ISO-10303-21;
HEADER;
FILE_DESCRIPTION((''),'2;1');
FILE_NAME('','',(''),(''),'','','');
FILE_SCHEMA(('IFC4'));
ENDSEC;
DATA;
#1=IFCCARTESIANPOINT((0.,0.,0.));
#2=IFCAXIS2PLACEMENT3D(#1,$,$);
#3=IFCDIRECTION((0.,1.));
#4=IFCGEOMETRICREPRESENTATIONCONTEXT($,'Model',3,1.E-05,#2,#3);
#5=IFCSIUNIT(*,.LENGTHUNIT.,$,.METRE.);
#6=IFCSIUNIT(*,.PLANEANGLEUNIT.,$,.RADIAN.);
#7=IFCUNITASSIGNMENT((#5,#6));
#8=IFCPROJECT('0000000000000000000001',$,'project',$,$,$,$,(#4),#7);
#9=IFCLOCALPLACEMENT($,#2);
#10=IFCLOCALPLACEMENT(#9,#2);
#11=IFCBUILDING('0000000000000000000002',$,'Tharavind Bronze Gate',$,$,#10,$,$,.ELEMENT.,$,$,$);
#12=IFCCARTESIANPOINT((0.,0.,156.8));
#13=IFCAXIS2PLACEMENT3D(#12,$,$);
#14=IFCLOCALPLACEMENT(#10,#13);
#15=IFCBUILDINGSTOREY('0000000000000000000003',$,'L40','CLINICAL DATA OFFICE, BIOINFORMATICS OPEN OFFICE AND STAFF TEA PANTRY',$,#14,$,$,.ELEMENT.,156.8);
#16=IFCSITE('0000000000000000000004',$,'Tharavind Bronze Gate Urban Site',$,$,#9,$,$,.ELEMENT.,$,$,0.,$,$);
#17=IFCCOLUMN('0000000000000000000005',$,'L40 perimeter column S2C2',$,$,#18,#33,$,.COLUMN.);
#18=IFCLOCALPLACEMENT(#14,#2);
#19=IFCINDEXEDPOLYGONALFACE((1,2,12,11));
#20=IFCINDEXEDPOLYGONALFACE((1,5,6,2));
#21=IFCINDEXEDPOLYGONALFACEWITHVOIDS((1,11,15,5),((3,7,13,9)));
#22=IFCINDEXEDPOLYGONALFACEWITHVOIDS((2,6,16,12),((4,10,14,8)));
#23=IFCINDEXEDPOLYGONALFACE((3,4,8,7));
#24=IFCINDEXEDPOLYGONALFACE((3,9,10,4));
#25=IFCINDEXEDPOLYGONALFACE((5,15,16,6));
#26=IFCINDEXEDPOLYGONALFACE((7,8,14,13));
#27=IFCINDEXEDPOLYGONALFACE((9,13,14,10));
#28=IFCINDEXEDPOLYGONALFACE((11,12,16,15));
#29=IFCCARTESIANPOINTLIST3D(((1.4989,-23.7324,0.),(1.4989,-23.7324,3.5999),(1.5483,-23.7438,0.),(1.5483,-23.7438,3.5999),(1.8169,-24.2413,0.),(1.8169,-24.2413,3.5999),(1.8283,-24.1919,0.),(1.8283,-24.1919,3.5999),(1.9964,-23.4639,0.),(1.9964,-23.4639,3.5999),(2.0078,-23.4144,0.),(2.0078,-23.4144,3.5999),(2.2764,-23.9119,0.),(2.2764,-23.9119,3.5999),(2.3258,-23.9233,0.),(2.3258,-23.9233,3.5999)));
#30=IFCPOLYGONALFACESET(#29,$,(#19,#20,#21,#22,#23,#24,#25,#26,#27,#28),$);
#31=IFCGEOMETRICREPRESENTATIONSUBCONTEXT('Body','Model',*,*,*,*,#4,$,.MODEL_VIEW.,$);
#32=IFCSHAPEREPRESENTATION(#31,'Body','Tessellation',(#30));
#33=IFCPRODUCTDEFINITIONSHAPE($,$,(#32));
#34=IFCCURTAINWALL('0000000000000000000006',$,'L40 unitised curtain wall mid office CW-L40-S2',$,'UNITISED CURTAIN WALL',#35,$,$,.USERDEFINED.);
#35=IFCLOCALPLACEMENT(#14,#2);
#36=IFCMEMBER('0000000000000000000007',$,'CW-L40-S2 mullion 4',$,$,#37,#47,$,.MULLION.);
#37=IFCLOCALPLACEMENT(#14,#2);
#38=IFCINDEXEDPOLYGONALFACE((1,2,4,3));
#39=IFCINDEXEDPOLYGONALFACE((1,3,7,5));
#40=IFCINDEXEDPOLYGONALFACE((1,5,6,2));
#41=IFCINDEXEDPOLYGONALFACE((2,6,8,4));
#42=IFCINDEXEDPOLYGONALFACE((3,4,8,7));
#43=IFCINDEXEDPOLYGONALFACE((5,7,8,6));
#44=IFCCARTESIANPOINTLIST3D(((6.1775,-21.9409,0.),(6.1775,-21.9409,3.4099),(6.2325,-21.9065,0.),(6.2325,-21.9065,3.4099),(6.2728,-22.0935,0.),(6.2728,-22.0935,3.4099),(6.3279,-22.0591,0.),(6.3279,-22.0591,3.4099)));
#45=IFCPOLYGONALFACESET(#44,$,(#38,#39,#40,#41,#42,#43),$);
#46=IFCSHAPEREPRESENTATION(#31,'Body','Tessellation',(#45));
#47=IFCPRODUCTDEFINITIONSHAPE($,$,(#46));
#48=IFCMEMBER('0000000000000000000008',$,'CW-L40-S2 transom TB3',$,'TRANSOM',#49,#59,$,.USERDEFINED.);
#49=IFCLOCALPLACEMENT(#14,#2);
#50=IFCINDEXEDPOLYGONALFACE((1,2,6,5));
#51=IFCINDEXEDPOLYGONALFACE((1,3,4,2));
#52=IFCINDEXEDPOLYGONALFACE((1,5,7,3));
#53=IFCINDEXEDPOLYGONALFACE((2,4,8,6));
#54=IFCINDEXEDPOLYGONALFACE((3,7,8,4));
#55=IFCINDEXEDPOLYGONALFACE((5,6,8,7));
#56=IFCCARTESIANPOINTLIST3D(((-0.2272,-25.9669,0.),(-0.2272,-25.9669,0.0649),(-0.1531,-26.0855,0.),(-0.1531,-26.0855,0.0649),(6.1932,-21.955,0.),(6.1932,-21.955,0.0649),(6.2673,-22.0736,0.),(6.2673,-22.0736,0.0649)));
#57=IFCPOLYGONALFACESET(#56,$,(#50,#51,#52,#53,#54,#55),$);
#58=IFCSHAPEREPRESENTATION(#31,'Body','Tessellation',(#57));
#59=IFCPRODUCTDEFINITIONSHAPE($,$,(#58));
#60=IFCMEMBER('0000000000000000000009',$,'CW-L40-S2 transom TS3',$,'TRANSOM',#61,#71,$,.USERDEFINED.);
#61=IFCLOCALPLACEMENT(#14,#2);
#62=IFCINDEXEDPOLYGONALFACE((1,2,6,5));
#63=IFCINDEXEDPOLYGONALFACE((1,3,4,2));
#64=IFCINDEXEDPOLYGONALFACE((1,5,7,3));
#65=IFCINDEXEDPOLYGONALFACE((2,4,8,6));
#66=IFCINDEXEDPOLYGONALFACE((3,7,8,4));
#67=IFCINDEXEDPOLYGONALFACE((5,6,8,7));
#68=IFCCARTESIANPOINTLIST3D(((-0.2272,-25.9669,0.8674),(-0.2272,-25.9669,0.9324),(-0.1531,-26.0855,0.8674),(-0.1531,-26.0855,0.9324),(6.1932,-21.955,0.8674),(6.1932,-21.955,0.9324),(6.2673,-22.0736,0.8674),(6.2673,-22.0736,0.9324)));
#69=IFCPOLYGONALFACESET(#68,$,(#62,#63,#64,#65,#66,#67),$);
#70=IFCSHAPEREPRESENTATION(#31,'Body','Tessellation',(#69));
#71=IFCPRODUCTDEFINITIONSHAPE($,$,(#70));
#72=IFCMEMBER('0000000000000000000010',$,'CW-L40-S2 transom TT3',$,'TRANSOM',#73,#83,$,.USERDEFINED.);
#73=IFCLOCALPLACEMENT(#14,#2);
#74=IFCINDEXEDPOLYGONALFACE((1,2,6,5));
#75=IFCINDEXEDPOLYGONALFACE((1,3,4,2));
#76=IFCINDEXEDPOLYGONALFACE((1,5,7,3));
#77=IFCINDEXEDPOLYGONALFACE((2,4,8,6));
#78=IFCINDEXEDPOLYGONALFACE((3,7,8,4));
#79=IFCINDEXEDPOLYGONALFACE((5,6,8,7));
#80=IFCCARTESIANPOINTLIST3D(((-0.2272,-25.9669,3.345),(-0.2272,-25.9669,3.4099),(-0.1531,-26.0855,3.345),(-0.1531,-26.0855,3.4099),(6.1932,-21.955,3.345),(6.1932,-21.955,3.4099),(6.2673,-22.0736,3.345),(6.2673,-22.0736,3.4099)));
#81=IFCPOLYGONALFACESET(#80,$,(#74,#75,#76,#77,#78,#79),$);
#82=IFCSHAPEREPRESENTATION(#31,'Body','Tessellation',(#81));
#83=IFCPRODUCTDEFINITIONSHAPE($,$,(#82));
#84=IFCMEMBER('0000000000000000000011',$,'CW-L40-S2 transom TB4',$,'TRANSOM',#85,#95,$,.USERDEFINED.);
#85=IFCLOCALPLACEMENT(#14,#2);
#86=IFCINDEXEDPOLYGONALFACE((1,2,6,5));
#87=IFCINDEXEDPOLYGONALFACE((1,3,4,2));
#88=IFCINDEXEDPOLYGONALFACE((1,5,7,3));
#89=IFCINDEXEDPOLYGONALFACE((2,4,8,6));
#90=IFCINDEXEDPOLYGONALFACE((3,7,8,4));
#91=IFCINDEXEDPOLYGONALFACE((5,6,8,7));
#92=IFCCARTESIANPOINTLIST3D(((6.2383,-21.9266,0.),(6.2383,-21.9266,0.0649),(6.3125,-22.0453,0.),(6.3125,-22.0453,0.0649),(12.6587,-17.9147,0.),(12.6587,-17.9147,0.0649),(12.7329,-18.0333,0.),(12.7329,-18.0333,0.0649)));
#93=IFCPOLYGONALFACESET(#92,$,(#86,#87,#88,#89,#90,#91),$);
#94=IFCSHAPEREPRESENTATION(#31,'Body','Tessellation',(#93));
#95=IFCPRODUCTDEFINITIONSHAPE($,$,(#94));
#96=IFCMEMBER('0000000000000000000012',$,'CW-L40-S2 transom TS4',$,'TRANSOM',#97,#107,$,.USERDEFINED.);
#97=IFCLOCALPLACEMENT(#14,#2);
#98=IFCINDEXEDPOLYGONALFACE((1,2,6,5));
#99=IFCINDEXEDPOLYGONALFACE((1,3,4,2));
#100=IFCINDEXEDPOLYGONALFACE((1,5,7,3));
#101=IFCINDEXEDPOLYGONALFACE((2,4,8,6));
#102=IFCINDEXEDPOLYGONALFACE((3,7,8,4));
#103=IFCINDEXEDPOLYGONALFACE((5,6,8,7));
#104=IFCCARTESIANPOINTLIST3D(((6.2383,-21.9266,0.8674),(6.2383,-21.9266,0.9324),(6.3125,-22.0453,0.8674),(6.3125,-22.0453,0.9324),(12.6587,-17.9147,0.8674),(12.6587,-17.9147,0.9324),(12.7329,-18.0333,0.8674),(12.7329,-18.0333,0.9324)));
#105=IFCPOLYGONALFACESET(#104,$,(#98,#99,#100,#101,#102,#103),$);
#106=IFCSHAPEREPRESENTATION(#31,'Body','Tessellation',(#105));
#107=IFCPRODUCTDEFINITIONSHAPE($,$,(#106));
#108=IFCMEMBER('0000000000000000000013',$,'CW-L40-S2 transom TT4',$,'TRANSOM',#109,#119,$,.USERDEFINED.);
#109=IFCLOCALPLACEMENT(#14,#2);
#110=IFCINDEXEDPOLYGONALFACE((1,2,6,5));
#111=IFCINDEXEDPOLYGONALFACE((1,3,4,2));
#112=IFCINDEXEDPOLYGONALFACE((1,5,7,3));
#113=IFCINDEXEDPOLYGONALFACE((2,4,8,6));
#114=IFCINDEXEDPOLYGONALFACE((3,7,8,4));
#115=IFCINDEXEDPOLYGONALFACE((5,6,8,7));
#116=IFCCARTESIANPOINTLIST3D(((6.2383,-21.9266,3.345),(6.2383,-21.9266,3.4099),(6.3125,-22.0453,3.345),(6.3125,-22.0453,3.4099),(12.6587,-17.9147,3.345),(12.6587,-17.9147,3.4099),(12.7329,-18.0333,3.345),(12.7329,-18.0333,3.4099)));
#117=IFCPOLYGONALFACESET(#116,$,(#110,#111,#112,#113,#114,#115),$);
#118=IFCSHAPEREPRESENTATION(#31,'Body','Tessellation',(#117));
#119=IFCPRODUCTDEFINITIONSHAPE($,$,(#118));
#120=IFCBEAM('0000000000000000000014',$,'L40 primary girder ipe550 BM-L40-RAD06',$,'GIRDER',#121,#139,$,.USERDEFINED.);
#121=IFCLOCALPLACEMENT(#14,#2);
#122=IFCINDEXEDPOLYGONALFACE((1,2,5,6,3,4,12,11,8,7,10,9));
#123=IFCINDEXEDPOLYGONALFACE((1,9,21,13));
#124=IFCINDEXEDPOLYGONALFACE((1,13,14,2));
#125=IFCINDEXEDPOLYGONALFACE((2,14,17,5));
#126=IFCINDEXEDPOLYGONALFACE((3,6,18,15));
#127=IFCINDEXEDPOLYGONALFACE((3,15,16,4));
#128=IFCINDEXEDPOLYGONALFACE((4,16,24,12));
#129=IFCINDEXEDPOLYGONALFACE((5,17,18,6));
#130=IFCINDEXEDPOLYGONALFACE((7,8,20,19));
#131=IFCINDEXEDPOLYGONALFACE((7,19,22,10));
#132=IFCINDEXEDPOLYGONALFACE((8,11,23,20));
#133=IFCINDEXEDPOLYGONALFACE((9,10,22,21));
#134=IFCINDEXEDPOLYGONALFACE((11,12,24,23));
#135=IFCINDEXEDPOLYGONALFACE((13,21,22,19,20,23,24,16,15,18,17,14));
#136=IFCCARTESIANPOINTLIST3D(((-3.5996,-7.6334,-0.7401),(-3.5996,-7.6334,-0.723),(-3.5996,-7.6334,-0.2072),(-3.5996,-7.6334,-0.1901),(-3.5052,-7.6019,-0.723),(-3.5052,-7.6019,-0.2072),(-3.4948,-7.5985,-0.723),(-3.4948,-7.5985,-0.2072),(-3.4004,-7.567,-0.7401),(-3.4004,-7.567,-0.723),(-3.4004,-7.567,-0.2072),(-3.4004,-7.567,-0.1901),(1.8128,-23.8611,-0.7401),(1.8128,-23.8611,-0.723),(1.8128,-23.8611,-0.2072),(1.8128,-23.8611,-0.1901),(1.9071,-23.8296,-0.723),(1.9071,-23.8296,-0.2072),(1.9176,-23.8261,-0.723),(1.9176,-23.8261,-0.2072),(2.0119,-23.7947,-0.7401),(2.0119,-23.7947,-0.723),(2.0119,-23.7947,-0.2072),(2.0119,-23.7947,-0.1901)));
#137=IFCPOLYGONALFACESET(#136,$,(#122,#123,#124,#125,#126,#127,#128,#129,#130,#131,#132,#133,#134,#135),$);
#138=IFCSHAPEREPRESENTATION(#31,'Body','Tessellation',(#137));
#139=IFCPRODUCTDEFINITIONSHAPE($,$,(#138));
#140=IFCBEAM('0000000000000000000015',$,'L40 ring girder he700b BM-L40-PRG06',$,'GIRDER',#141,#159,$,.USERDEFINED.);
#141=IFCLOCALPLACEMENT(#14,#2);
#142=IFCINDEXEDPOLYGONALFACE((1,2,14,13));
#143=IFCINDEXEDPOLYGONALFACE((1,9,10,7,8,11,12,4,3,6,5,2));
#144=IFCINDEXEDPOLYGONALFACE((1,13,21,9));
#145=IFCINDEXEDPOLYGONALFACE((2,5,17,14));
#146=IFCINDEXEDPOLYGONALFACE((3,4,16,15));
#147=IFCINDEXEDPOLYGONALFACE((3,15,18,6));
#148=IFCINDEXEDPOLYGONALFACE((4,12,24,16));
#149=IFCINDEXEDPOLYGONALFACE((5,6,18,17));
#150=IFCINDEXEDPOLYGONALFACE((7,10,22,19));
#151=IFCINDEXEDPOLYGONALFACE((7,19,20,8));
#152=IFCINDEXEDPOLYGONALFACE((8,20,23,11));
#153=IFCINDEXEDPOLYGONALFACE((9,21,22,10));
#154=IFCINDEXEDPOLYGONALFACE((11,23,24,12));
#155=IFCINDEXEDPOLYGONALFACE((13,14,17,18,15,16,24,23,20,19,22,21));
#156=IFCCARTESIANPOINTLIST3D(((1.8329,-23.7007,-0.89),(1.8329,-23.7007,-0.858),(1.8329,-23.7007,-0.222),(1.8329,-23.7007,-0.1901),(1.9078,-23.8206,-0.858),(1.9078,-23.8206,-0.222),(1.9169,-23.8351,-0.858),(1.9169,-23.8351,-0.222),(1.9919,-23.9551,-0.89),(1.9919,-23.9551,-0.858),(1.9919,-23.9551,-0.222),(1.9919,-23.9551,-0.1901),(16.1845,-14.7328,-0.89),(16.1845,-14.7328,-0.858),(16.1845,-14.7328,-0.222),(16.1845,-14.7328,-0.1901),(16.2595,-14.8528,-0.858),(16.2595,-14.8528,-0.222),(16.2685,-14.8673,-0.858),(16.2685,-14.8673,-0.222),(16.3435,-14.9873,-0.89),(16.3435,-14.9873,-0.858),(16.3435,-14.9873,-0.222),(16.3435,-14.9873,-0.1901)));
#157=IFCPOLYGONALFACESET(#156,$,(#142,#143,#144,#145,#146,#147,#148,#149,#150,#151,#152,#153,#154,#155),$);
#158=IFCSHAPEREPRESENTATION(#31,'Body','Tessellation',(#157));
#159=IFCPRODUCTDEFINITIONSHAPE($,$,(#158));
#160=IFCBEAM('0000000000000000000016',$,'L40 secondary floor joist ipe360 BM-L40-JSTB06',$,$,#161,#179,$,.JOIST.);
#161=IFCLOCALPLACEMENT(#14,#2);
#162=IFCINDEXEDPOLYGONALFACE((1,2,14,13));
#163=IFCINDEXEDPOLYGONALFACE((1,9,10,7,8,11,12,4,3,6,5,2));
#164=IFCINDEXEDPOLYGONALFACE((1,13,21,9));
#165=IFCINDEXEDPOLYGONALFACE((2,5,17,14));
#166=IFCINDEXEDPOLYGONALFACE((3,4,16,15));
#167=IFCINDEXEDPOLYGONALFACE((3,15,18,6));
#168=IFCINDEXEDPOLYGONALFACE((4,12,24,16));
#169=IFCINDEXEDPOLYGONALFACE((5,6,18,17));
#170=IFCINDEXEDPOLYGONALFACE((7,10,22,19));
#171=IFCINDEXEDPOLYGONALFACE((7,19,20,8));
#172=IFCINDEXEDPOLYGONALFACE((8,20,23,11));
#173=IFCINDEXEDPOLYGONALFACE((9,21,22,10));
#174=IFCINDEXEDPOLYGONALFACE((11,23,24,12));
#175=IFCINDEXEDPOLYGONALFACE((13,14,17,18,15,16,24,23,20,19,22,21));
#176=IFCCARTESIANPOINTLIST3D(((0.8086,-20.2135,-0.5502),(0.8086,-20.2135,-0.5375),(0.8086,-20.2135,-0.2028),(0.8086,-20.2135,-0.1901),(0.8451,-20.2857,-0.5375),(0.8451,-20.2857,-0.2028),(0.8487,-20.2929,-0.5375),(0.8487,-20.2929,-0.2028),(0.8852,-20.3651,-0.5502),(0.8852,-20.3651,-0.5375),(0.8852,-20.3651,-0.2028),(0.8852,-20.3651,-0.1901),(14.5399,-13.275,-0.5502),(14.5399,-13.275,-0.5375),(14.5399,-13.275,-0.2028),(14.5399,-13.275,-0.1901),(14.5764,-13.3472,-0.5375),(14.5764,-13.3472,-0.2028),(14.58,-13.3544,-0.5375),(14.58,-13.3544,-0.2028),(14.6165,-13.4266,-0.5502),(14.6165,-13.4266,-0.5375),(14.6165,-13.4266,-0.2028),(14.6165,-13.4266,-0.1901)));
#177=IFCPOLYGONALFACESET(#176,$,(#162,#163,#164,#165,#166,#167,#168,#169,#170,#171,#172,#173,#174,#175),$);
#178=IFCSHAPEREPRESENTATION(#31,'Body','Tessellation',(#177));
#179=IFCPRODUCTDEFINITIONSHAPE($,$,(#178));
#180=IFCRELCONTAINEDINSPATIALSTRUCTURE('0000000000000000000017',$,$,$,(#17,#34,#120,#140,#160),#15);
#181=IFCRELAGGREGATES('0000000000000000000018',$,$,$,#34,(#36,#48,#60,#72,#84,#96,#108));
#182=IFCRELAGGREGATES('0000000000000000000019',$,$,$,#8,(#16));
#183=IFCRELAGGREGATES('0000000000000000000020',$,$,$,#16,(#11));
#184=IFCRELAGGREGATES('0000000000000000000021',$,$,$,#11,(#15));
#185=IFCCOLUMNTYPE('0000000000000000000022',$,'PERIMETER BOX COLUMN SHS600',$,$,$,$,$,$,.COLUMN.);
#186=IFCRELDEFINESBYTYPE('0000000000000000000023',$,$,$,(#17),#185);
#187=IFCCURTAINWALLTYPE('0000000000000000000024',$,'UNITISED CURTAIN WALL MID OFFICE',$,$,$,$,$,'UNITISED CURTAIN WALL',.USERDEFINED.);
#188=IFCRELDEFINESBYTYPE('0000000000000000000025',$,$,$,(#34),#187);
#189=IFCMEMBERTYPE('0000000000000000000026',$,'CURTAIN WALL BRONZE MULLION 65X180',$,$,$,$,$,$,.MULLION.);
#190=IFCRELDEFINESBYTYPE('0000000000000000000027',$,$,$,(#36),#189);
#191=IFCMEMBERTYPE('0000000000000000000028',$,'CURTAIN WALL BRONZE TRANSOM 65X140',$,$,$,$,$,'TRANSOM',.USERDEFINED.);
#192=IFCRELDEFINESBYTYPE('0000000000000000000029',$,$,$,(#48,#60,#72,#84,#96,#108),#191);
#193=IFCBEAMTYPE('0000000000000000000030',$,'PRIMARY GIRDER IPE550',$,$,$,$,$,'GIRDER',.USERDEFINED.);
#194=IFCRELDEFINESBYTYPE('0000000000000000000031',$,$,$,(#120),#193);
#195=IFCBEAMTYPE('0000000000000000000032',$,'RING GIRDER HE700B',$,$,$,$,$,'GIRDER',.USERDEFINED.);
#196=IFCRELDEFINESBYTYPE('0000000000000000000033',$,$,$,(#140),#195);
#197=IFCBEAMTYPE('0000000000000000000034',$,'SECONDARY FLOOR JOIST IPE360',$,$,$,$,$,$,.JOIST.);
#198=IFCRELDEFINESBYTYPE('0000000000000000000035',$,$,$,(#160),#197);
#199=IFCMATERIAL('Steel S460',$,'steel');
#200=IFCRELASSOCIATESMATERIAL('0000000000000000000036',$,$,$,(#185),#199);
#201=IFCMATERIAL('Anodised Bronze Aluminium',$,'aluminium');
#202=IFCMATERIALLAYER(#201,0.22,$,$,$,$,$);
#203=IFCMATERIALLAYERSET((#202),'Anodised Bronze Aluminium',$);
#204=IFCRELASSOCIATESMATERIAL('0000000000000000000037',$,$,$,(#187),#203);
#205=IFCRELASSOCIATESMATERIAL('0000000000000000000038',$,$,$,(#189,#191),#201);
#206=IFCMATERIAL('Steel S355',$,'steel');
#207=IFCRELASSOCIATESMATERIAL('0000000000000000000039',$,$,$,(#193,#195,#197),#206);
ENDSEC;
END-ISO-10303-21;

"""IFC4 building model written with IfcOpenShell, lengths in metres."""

from ifc_helpers import new_model, si_unit, direction, frame, origin, origin_2d, place, context, subcontext, project, spatial, rectangle, hollow_rectangle, i_section, extrude, material, layer, layer_set, material_profile, profile_set, type_object, element, aggregate, save


model = new_model("IFC4")

# Units and contexts
model_context = context("Model", 3, precision=1e-05, world=origin(), true_north=direction((0.0, 1.0)))
body_context = subcontext(model_context, "Body", "Model", "MODEL_VIEW")
ifc_project = project(units=[si_unit("LENGTHUNIT", "METRE"), si_unit("PLANEANGLEUNIT", "RADIAN")], contexts=[model_context])

# Site, building, storey
site_placement = place(None, origin())
site = spatial("IfcSite", under=ifc_project, at=site_placement, Name="Tharavind Bronze Gate Urban Site", CompositionType="ELEMENT", RefElevation=0.0)
building_placement = place(site_placement, origin())
building = spatial("IfcBuilding", under=site, at=building_placement, Name="Tharavind Bronze Gate", CompositionType="ELEMENT")
storey_placement = place(building_placement, frame((0.0, 0.0, 156.8)))
storey = spatial("IfcBuildingStorey", under=building, at=storey_placement, Name="L40", Description="CLINICAL DATA OFFICE, BIOINFORMATICS OPEN OFFICE AND STAFF TEA PANTRY", CompositionType="ELEMENT", Elevation=156.8)

# Column
ifc_material_1 = material(Name="Steel S460", Category="steel")
ifc_material_profile_1 = material_profile(ifc_material_1, hollow_rectangle(XDim=0.6001, YDim=0.6001, WallThickness=0.0359, at=origin_2d()), Name="SHS600X36")
ifc_profile_set_1 = profile_set([ifc_material_profile_1], Name="Steel S460")
column_type = type_object("IfcColumnType", Name="PERIMETER BOX COLUMN SHS600", PredefinedType="COLUMN", material=ifc_profile_set_1)
column_placement = place(storey_placement, frame((1.9124, -23.8279, 0.0), z_axis=(0.0, 0.0, 1.0), x_axis=(0.848047, 0.529921, 0.0)))
element("IfcColumn", 1, at=column_placement, inside=storey, type_object=column_type, Name="L40 perimeter column S2C2", PredefinedType="COLUMN", context=body_context, shape_type="SweptSolid", body=[
    extrude(hollow_rectangle(XDim=0.6001, YDim=0.6001, WallThickness=0.0359, at=origin_2d()), origin(), (0.0, 0.0, 1.0), 3.5999),
])

# Curtain wall, members
ifc_material_2 = material(Name="Anodised Bronze Aluminium", Category="aluminium")
ifc_layer_1 = layer(ifc_material_2, 0.22)
ifc_layer_set_1 = layer_set([ifc_layer_1], Name="Anodised Bronze Aluminium")
curtain_wall_type = type_object("IfcCurtainWallType", Name="UNITISED CURTAIN WALL MID OFFICE", ElementType="UNITISED CURTAIN WALL", PredefinedType="USERDEFINED", material=ifc_layer_set_1)
curtain_wall_placement = place(storey_placement, origin())
curtain_wall = element("IfcCurtainWall", 2, at=curtain_wall_placement, inside=storey, type_object=curtain_wall_type, Name="L40 unitised curtain wall mid office CW-L40-S2", ObjectType="UNITISED CURTAIN WALL", PredefinedType="USERDEFINED")
member_type_1 = type_object("IfcMemberType", Name="CURTAIN WALL BRONZE MULLION 65X180", PredefinedType="MULLION", material=ifc_material_2)
member_1_placement = place(storey_placement, frame((6.2527, -22.0, 0.0), z_axis=(0.0, 0.0, 1.0), x_axis=(0.848048, 0.529919, 0.0)))
member_1 = element("IfcMember", 3, at=member_1_placement, type_object=member_type_1, Name="CW-L40-S2 mullion 4", PredefinedType="MULLION", context=body_context, shape_type="SweptSolid", body=[
    extrude(rectangle(XDim=0.0649, YDim=0.1799, at=origin_2d()), origin(), (0.0, 0.0, 1.0), 3.4099),
])
member_type_2 = type_object("IfcMemberType", Name="CURTAIN WALL BRONZE TRANSOM 65X140", ElementType="TRANSOM", PredefinedType="USERDEFINED", material=ifc_material_2)
member_2_placement = place(storey_placement, frame((3.02, -24.0203, 0.0), z_axis=(0.0, 0.0, 1.0), x_axis=(0.848048, 0.529919, 0.0)))
member_2 = element("IfcMember", 4, at=member_2_placement, type_object=member_type_2, Name="CW-L40-S2 transom TB3", ObjectType="TRANSOM", PredefinedType="USERDEFINED", context=body_context, shape_type="SweptSolid", body=[
    extrude(rectangle(XDim=7.5708, YDim=0.1399, at=origin_2d()), origin(), (0.0, 0.0, 1.0), 0.0649),
])
member_3_placement = place(storey_placement, frame((3.02, -24.0203, 0.8674), z_axis=(0.0, 0.0, 1.0), x_axis=(0.848048, 0.529919, 0.0)))
member_3 = element("IfcMember", 5, at=member_3_placement, type_object=member_type_2, Name="CW-L40-S2 transom TS3", ObjectType="TRANSOM", PredefinedType="USERDEFINED", context=body_context, shape_type="SweptSolid", body=[
    extrude(rectangle(XDim=7.5708, YDim=0.1399, at=origin_2d()), origin(), (0.0, 0.0, 1.0), 0.0649),
])
member_4_placement = place(storey_placement, frame((3.02, -24.0203, 3.345), z_axis=(0.0, 0.0, 1.0), x_axis=(0.848048, 0.529919, 0.0)))
member_4 = element("IfcMember", 6, at=member_4_placement, type_object=member_type_2, Name="CW-L40-S2 transom TT3", ObjectType="TRANSOM", PredefinedType="USERDEFINED", context=body_context, shape_type="SweptSolid", body=[
    extrude(rectangle(XDim=7.5708, YDim=0.1399, at=origin_2d()), origin(), (0.0, 0.0, 1.0), 0.0649),
])
member_5_placement = place(storey_placement, frame((9.4856, -19.98, 0.0), z_axis=(0.0, 0.0, 1.0), x_axis=(0.848048, 0.529919, 0.0)))
member_5 = element("IfcMember", 7, at=member_5_placement, type_object=member_type_2, Name="CW-L40-S2 transom TB4", ObjectType="TRANSOM", PredefinedType="USERDEFINED", context=body_context, shape_type="SweptSolid", body=[
    extrude(rectangle(XDim=7.5708, YDim=0.1399, at=origin_2d()), origin(), (0.0, 0.0, 1.0), 0.0649),
])
member_6_placement = place(storey_placement, frame((9.4856, -19.98, 0.8674), z_axis=(0.0, 0.0, 1.0), x_axis=(0.848048, 0.529919, 0.0)))
member_6 = element("IfcMember", 8, at=member_6_placement, type_object=member_type_2, Name="CW-L40-S2 transom TS4", ObjectType="TRANSOM", PredefinedType="USERDEFINED", context=body_context, shape_type="SweptSolid", body=[
    extrude(rectangle(XDim=7.5708, YDim=0.1399, at=origin_2d()), origin(), (0.0, 0.0, 1.0), 0.0649),
])
member_7_placement = place(storey_placement, frame((9.4856, -19.98, 3.345), z_axis=(0.0, 0.0, 1.0), x_axis=(0.848048, 0.529919, 0.0)))
member_7 = element("IfcMember", 9, at=member_7_placement, type_object=member_type_2, Name="CW-L40-S2 transom TT4", ObjectType="TRANSOM", PredefinedType="USERDEFINED", context=body_context, shape_type="SweptSolid", body=[
    extrude(rectangle(XDim=7.5708, YDim=0.1399, at=origin_2d()), origin(), (0.0, 0.0, 1.0), 0.0649),
])

# Beams
ifc_material_3 = material(Name="Steel S355", Category="steel")
ifc_material_profile_2 = material_profile(ifc_material_3, i_section(OverallWidth=0.21, OverallDepth=0.55, WebThickness=0.011, FlangeThickness=0.0171, at=origin_2d()), Name="IPE550")
ifc_profile_set_2 = profile_set([ifc_material_profile_2], Name="Steel S355")
beam_type_1 = type_object("IfcBeamType", Name="PRIMARY GIRDER IPE550", ElementType="GIRDER", PredefinedType="USERDEFINED", material=ifc_profile_set_2)
beam_1_placement = place(storey_placement, frame((1.9124, -23.8279, -0.4651), z_axis=(-0.31639, 0.948629, 0.0), x_axis=(-0.948629, -0.31639, 0.0)))
element("IfcBeam", 10, at=beam_1_placement, inside=storey, type_object=beam_type_1, Name="L40 primary girder ipe550 BM-L40-RAD06", ObjectType="GIRDER", PredefinedType="USERDEFINED", context=body_context, shape_type="SweptSolid", body=[
    extrude(i_section(OverallWidth=0.21, OverallDepth=0.55, WebThickness=0.011, FlangeThickness=0.0171, at=origin_2d()), origin(), (0.0, 0.0, 1.0), 17.1064),
])
ifc_material_profile_3 = material_profile(ifc_material_3, i_section(OverallWidth=0.3, OverallDepth=0.7, WebThickness=0.0171, FlangeThickness=0.032, at=origin_2d()), Name="HE700B")
ifc_profile_set_3 = profile_set([ifc_material_profile_3], Name="Steel S355")
beam_type_2 = type_object("IfcBeamType", Name="RING GIRDER HE700B", ElementType="GIRDER", PredefinedType="USERDEFINED", material=ifc_profile_set_3)
beam_2_placement = place(storey_placement, frame((1.9124, -23.8279, -0.54), z_axis=(0.84805, 0.529916, 0.0), x_axis=(-0.529916, 0.84805, 0.0)))
element("IfcBeam", 11, at=beam_2_placement, inside=storey, type_object=beam_type_2, Name="L40 ring girder he700b BM-L40-PRG06", ObjectType="GIRDER", PredefinedType="USERDEFINED", context=body_context, shape_type="SweptSolid", body=[
    extrude(i_section(OverallWidth=0.3, OverallDepth=0.7, WebThickness=0.0171, FlangeThickness=0.032, at=origin_2d()), origin(), (0.0, 0.0, 1.0), 16.9231),
])
ifc_material_profile_4 = material_profile(ifc_material_3, i_section(OverallWidth=0.1699, OverallDepth=0.3601, WebThickness=0.0081, FlangeThickness=0.0127, at=origin_2d()), Name="IPE360")
ifc_profile_set_4 = profile_set([ifc_material_profile_4], Name="Steel S355")
beam_type_3 = type_object("IfcBeamType", Name="SECONDARY FLOOR JOIST IPE360", PredefinedType="JOIST", material=ifc_profile_set_4)
beam_3_placement = place(storey_placement, frame((0.8469, -20.2893, -0.3701), z_axis=(0.892524, 0.450999, 0.0), x_axis=(-0.450999, 0.892524, 0.0)))
element("IfcBeam", 12, at=beam_3_placement, inside=storey, type_object=beam_type_3, Name="L40 secondary floor joist ipe360 BM-L40-JSTB06", PredefinedType="JOIST", context=body_context, shape_type="SweptSolid", body=[
    extrude(i_section(OverallWidth=0.1699, OverallDepth=0.3601, WebThickness=0.0081, FlangeThickness=0.0127, at=origin_2d()), origin(), (0.0, 0.0, 1.0), 15.3848),
])

aggregate(curtain_wall, [member_1, member_2, member_3, member_4, member_5, member_6, member_7])

save(model, "model.ifc")
